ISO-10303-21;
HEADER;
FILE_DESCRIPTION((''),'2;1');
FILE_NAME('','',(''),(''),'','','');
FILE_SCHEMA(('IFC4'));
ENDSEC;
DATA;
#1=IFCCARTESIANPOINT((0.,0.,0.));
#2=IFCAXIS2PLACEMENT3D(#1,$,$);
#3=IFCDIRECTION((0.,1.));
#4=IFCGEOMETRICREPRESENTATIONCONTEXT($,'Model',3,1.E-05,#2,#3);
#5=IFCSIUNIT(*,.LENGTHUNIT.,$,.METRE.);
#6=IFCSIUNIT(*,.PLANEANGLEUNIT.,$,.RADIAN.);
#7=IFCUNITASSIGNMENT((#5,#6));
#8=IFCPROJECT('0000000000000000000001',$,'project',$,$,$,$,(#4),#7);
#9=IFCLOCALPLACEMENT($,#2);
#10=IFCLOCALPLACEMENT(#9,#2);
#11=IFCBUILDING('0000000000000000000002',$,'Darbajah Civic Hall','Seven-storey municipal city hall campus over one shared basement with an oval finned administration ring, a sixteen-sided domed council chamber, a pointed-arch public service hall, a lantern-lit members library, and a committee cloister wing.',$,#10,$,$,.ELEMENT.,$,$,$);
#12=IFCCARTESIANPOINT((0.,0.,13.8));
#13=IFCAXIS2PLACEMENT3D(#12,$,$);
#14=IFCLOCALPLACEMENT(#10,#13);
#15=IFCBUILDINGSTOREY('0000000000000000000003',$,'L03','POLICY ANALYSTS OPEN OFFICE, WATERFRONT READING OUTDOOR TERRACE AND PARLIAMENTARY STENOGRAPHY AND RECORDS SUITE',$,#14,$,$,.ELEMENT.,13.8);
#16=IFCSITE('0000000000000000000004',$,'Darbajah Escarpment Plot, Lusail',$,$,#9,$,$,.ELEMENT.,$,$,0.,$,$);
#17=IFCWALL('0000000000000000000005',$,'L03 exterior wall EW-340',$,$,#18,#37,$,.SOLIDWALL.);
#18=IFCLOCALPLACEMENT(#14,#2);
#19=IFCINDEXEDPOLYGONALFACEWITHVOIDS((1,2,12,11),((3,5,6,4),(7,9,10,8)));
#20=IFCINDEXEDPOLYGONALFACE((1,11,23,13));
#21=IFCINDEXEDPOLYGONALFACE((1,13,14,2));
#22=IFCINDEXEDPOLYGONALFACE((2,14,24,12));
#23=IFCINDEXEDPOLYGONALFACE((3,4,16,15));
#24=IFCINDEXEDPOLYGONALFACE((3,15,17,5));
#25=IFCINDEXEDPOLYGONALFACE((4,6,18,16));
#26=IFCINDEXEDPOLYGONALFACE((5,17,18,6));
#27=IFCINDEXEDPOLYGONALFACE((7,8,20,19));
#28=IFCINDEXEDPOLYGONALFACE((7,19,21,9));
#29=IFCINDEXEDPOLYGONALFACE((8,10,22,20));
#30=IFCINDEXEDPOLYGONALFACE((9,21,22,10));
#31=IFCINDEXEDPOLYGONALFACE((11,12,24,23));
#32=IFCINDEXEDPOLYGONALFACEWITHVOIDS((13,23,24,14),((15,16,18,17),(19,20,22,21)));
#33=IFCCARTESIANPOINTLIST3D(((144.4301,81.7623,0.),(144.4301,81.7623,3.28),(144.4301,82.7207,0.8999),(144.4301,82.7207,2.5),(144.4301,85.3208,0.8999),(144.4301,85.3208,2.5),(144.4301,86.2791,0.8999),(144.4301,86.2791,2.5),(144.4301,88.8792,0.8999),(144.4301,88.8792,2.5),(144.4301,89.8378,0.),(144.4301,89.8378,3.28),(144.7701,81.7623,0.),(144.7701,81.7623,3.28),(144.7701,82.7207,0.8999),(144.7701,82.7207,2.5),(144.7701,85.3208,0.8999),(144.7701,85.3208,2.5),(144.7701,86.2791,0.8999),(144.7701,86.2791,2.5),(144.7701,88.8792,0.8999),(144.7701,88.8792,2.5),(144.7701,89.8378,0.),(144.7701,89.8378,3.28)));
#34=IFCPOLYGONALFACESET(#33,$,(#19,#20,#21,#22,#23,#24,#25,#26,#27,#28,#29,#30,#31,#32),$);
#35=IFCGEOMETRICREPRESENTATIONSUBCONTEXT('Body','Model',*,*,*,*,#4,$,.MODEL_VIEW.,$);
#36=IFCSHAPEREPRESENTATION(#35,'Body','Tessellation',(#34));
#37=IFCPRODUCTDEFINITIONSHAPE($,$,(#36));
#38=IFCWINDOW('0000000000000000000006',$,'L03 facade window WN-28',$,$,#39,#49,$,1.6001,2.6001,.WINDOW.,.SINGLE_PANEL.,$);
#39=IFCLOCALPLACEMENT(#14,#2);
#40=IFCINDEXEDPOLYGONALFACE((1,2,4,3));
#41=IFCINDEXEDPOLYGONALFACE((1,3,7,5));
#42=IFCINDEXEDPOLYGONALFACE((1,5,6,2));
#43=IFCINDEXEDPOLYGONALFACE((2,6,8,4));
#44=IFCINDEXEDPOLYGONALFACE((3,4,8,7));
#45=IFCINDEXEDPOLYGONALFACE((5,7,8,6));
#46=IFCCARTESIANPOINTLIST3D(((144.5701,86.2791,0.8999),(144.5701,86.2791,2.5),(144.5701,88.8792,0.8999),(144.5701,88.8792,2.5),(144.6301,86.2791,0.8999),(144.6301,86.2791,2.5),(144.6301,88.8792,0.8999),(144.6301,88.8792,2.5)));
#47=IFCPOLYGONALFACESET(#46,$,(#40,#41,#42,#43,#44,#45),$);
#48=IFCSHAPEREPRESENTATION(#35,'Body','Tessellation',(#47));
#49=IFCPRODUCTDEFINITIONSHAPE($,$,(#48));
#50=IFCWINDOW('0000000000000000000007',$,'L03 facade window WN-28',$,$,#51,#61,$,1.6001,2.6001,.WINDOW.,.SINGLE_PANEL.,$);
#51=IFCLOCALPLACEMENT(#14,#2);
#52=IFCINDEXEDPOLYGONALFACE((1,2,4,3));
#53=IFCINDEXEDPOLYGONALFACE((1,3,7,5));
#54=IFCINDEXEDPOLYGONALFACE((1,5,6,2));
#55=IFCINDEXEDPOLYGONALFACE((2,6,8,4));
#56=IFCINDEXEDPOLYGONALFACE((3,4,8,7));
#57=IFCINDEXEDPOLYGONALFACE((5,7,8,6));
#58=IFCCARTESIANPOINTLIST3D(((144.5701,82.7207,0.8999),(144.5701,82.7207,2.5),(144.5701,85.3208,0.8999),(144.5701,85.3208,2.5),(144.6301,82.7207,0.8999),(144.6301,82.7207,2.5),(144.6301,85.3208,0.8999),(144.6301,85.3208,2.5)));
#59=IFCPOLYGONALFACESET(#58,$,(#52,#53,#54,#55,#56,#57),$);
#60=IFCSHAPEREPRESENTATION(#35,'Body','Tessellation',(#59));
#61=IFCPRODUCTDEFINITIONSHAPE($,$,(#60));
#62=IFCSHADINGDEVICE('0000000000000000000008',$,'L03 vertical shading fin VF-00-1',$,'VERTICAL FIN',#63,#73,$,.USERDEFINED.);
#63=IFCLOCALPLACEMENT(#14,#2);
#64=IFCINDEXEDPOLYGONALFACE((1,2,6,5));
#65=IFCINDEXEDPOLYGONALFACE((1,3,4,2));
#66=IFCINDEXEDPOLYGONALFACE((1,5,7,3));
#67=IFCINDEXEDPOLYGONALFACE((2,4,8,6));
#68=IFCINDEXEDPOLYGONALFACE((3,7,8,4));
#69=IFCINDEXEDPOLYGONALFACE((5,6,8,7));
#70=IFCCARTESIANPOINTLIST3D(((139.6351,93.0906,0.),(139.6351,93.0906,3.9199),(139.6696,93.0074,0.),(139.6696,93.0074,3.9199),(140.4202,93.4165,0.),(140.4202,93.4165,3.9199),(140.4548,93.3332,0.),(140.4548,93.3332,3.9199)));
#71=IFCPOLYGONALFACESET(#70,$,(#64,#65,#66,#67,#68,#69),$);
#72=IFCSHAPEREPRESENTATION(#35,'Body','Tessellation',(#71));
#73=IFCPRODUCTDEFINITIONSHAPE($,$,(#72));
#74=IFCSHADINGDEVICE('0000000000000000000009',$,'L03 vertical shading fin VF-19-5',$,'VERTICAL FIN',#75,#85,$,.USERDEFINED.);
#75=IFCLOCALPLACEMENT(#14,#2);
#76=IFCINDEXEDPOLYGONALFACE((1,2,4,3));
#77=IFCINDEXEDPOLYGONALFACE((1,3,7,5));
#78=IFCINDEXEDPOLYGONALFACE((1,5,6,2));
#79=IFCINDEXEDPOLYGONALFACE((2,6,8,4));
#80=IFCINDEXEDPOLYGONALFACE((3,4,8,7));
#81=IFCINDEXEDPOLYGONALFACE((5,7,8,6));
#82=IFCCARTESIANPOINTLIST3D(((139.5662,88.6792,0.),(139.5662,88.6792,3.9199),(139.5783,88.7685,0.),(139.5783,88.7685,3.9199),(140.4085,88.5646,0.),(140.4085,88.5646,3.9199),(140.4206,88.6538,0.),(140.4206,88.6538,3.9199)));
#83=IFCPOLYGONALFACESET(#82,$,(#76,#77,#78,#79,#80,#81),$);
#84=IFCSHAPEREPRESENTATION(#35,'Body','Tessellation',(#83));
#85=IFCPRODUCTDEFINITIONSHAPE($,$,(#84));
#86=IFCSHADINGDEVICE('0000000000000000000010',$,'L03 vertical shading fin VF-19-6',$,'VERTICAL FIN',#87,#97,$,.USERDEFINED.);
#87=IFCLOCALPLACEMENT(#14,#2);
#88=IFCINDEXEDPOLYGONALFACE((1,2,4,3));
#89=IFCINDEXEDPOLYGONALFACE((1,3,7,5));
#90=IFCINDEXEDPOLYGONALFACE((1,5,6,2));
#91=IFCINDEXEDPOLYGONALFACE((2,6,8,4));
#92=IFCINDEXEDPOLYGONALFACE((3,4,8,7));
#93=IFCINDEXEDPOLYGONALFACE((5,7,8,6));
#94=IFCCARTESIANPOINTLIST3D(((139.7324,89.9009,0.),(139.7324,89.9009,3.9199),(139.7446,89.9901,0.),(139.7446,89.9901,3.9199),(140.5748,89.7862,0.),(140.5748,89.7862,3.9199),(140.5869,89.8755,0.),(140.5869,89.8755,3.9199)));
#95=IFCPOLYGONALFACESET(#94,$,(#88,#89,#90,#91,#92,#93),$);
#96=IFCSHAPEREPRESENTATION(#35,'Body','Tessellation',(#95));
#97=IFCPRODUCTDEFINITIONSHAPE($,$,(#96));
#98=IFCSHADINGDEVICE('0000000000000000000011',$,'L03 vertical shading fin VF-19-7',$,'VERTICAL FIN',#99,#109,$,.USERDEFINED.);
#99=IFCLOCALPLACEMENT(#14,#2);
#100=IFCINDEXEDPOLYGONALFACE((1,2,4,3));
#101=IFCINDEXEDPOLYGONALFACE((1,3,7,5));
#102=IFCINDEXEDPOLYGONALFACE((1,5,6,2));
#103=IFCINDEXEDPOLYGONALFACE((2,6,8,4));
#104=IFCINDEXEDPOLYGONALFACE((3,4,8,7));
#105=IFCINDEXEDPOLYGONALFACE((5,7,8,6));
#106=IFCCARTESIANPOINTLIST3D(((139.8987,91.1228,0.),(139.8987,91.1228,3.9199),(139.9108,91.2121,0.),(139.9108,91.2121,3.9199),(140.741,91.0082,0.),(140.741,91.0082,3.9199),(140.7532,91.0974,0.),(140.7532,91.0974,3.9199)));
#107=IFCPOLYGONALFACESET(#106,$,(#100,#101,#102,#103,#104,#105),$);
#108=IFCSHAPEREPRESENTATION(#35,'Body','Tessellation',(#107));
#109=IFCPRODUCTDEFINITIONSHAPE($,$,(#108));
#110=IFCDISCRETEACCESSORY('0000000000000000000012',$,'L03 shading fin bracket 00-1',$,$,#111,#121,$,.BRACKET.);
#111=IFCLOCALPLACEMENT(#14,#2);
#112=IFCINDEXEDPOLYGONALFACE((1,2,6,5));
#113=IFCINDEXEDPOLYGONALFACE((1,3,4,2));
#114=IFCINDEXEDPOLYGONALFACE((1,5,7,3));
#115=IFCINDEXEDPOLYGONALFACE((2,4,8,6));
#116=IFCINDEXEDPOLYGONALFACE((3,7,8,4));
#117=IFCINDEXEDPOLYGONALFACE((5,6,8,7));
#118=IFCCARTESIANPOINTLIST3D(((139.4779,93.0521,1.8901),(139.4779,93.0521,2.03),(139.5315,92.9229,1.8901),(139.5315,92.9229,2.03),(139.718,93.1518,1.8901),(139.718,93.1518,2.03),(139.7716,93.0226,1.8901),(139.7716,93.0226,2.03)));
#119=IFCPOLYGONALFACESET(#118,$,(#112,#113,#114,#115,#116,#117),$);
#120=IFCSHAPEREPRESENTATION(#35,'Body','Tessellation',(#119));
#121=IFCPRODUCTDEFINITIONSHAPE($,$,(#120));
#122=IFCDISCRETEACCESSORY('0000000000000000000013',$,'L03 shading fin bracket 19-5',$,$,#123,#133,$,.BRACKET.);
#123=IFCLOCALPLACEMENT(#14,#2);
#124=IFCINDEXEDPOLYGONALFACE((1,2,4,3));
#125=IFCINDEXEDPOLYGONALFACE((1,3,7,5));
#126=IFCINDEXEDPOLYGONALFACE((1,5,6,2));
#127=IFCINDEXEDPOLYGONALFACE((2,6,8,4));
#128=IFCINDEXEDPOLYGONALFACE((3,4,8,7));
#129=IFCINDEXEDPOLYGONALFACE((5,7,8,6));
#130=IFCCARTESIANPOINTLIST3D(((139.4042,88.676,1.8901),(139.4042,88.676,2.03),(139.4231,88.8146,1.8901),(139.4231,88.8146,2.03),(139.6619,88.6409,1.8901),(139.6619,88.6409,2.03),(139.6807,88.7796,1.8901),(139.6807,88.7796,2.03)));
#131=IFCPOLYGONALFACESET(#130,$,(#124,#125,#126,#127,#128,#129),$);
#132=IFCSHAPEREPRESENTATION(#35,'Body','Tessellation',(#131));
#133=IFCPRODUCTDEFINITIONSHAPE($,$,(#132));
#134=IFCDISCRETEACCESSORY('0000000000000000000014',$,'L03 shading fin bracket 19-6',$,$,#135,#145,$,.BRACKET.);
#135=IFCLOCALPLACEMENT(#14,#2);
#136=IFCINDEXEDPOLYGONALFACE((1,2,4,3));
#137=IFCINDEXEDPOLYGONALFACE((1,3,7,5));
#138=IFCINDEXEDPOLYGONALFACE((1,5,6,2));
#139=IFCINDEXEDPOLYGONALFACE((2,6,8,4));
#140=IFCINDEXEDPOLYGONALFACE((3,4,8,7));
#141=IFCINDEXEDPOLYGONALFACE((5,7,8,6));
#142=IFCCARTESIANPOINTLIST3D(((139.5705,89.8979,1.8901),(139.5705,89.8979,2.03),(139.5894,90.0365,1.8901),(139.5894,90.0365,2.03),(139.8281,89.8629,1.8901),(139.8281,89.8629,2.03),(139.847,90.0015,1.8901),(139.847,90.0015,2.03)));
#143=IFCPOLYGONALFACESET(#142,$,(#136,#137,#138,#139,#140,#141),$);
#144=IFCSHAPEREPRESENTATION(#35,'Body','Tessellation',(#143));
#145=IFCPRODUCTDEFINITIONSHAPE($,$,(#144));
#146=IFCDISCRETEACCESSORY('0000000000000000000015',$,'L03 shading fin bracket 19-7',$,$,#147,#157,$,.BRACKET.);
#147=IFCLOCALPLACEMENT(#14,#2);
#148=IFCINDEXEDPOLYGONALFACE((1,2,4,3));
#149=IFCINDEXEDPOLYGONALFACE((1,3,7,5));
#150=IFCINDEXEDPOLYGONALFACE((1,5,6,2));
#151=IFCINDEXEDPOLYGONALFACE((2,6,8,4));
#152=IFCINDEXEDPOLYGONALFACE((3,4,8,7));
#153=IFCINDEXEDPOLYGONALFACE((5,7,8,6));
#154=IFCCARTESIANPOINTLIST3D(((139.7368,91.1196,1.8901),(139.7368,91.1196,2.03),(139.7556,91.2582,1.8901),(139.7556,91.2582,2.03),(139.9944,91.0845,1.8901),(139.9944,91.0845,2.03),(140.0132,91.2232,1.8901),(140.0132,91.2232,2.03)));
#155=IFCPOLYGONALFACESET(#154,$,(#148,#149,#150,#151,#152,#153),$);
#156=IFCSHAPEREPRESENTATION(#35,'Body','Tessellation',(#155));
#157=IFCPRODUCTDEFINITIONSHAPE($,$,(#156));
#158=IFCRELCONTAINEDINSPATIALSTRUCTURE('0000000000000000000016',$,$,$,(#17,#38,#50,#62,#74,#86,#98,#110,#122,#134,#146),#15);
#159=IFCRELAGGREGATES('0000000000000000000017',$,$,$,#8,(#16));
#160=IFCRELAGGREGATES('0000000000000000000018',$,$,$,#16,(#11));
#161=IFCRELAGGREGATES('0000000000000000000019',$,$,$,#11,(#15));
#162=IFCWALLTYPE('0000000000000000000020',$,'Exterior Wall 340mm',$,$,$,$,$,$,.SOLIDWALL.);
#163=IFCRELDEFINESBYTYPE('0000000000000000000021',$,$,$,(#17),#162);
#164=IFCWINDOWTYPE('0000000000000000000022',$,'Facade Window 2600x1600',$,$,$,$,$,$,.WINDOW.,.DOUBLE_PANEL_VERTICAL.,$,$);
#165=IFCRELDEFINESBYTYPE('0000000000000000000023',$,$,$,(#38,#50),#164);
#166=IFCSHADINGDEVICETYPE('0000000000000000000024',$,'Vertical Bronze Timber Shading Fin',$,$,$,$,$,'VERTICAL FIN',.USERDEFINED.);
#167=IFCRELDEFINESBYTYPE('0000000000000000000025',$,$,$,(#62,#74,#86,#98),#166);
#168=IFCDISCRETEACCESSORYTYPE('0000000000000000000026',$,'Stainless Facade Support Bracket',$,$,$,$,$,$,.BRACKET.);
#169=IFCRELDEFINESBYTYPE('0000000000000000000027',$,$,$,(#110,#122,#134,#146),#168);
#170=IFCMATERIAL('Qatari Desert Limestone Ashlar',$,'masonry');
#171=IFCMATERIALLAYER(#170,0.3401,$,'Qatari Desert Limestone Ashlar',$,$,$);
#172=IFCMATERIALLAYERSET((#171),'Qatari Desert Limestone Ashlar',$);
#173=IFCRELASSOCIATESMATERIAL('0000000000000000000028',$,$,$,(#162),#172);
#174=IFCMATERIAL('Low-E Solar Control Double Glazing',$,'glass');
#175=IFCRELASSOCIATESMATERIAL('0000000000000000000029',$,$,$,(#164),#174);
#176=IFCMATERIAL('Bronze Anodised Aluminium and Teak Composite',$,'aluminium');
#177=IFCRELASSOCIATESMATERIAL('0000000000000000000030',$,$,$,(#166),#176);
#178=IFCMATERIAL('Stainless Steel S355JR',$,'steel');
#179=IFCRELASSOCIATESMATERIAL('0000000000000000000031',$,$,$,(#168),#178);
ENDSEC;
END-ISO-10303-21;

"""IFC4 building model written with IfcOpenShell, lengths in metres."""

from ifc_helpers import new_model, si_unit, direction, frame, frame_2d, origin, origin_2d, place, context, subcontext, project, spatial, rectangle, extrude, material, layer, layer_set, type_object, element, fill, save


model = new_model("IFC4")

# Units and contexts
model_context = context("Model", 3, precision=1e-05, world=origin(), true_north=direction((0.0, 1.0)))
body_context = subcontext(model_context, "Body", "Model", "MODEL_VIEW")
ifc_project = project(units=[si_unit("LENGTHUNIT", "METRE"), si_unit("PLANEANGLEUNIT", "RADIAN")], contexts=[model_context])

# Site, building, storey
site_placement = place(None, origin())
site = spatial("IfcSite", under=ifc_project, at=site_placement, Name="Darbajah Escarpment Plot, Lusail", CompositionType="ELEMENT", RefElevation=0.0)
building_placement = place(site_placement, origin())
building = spatial("IfcBuilding", under=site, at=building_placement, Name="Darbajah Civic Hall", Description="Seven-storey municipal city hall campus over one shared basement with an oval finned administration ring, a sixteen-sided domed council chamber, a pointed-arch public service hall, a lantern-lit members library, and a committee cloister wing.", CompositionType="ELEMENT")
storey_placement = place(building_placement, frame((0.0, 0.0, 13.8)))
storey = spatial("IfcBuildingStorey", under=building, at=storey_placement, Name="L03", Description="POLICY ANALYSTS OPEN OFFICE, WATERFRONT READING OUTDOOR TERRACE AND PARLIAMENTARY STENOGRAPHY AND RECORDS SUITE", CompositionType="ELEMENT", Elevation=13.8)

# Shared definitions
ifc_material_1 = material(Name="Low-E Solar Control Double Glazing", Category="glass")

# Wall, openings, windows
ifc_material_2 = material(Name="Qatari Desert Limestone Ashlar", Category="masonry")
ifc_layer_1 = layer(ifc_material_2, 0.3401, Name="Qatari Desert Limestone Ashlar")
ifc_layer_set_1 = layer_set([ifc_layer_1], Name="Qatari Desert Limestone Ashlar")
wall_type = type_object("IfcWallType", Name="Exterior Wall 340mm", PredefinedType="SOLIDWALL", material=ifc_layer_set_1)
wall_placement = place(storey_placement, frame((144.6001, 89.8376, 0.0), z_axis=(0.0, 0.0, 1.0), x_axis=(0.0, -1.0, 0.0)))
wall = element("IfcWall", 1, at=wall_placement, inside=storey, type_object=wall_type, Name="L03 exterior wall EW-340", PredefinedType="SOLIDWALL", context=body_context, shape_type="SweptSolid", body=[
    extrude(rectangle(XDim=8.0754, YDim=0.3401, at=frame_2d((4.0376, 0.0))), origin(), (0.0, 0.0, 1.0), 3.28),
])
opening_1_placement = place(wall_placement, frame((0.9585, 0.0, 0.8999)))
opening_1 = element("IfcOpeningElement", 2, at=opening_1_placement, cuts=wall, PredefinedType="OPENING", context=body_context, shape_type="SweptSolid", body=[
    extrude(rectangle(XDim=2.6001, YDim=1.6001, at=frame_2d((1.3, 0.8))), frame((0.0, 0.1799, 0.0), z_axis=(0.0, -1.0, 0.0), x_axis=(1.0, 0.0, 0.0)), (0.0, 0.0, 1.0), 0.3601),
])
opening_2_placement = place(wall_placement, frame((4.5168, 0.0, 0.8999)))
opening_2 = element("IfcOpeningElement", 3, at=opening_2_placement, cuts=wall, PredefinedType="OPENING", context=body_context, shape_type="SweptSolid", body=[
    extrude(rectangle(XDim=2.6001, YDim=1.6001, at=frame_2d((1.3, 0.8))), frame((0.0, 0.1799, 0.0), z_axis=(0.0, -1.0, 0.0), x_axis=(1.0, 0.0, 0.0)), (0.0, 0.0, 1.0), 0.3601),
])
window_type = type_object("IfcWindowType", Name="Facade Window 2600x1600", PartitioningType="DOUBLE_PANEL_VERTICAL", PredefinedType="WINDOW", material=ifc_material_1)
window_1_placement = place(opening_1_placement, origin())
window_1 = element("IfcWindow", 4, at=window_1_placement, inside=storey, type_object=window_type, Name="L03 facade window WN-28", OverallHeight=1.6001, OverallWidth=2.6001, PartitioningType="SINGLE_PANEL", PredefinedType="WINDOW", context=body_context, shape_type="SweptSolid", body=[
    extrude(rectangle(XDim=2.6001, YDim=1.6001, at=frame_2d((1.3, 0.8))), frame((0.0, 0.03, 0.0), z_axis=(0.0, -1.0, 0.0), x_axis=(1.0, 0.0, 0.0)), (0.0, 0.0, 1.0), 0.0601),
])
fill(opening_1, window_1)
window_2_placement = place(opening_2_placement, origin())
window_2 = element("IfcWindow", 5, at=window_2_placement, inside=storey, type_object=window_type, Name="L03 facade window WN-28", OverallHeight=1.6001, OverallWidth=2.6001, PartitioningType="SINGLE_PANEL", PredefinedType="WINDOW", context=body_context, shape_type="SweptSolid", body=[
    extrude(rectangle(XDim=2.6001, YDim=1.6001, at=frame_2d((1.3, 0.8))), frame((0.0, 0.03, 0.0), z_axis=(0.0, -1.0, 0.0), x_axis=(1.0, 0.0, 0.0)), (0.0, 0.0, 1.0), 0.0601),
])
fill(opening_2, window_2)

# Shading devices
ifc_material_3 = material(Name="Bronze Anodised Aluminium and Teak Composite", Category="aluminium")
shading_device_type = type_object("IfcShadingDeviceType", Name="Vertical Bronze Timber Shading Fin", ElementType="VERTICAL FIN", PredefinedType="USERDEFINED", material=ifc_material_3)
for number, where, z_axis, x_axis, name in (
    (6, (140.0449, 93.2119, 0.0), (0.0, 0.0, 1.0), (0.923612, 0.383328, 0.0), "L03 vertical shading fin VF-00-1"),
    (7, (139.9934, 88.6665, 0.0), (0.0, 0.0, 1.0), (0.990866, -0.134851, 0.0), "L03 vertical shading fin VF-19-5"),
    (8, (140.1597, 89.8882, 0.0), (0.0, 0.0, 1.0), (0.990866, -0.134851, 0.0), "L03 vertical shading fin VF-19-6"),
    (9, (140.3259, 91.1101, 0.0), (0.0, 0.0, 1.0), (0.990866, -0.134851, 0.0), "L03 vertical shading fin VF-19-7"),
):
    element("IfcShadingDevice", number, at=place(storey_placement, frame(where, z_axis=z_axis, x_axis=x_axis)), inside=storey, type_object=shading_device_type, Name=name, ObjectType="VERTICAL FIN", PredefinedType="USERDEFINED", context=body_context, shape_type="SweptSolid", body=[
        extrude(rectangle(XDim=0.8501, YDim=0.0901, at=origin_2d()), origin(), (0.0, 0.0, 1.0), 3.9199),
    ])

# Discrete accessories
ifc_material_4 = material(Name="Stainless Steel S355JR", Category="steel")
discrete_accessory_type = type_object("IfcDiscreteAccessoryType", Name="Stainless Facade Support Bracket", PredefinedType="BRACKET", material=ifc_material_4)
for number, where, z_axis, x_axis, name in (
    (10, (139.6248, 93.0374, 1.8901), (0.0, 0.0, 1.0), (0.923612, 0.383328, 0.0), "L03 shading fin bracket 00-1"),
    (11, (139.5425, 88.7278, 1.8901), (0.0, 0.0, 1.0), (0.990866, -0.134851, 0.0), "L03 shading fin bracket 19-5"),
    (12, (139.7087, 89.9497, 1.8901), (0.0, 0.0, 1.0), (0.990866, -0.134851, 0.0), "L03 shading fin bracket 19-6"),
    (13, (139.875, 91.1714, 1.8901), (0.0, 0.0, 1.0), (0.990866, -0.134851, 0.0), "L03 shading fin bracket 19-7"),
):
    element("IfcDiscreteAccessory", number, at=place(storey_placement, frame(where, z_axis=z_axis, x_axis=x_axis)), inside=storey, type_object=discrete_accessory_type, Name=name, PredefinedType="BRACKET", context=body_context, shape_type="SweptSolid", body=[
        extrude(rectangle(XDim=0.26, YDim=0.1399, at=origin_2d()), origin(), (0.0, 0.0, 1.0), 0.1399),
    ])

save(model, "model.ifc")
